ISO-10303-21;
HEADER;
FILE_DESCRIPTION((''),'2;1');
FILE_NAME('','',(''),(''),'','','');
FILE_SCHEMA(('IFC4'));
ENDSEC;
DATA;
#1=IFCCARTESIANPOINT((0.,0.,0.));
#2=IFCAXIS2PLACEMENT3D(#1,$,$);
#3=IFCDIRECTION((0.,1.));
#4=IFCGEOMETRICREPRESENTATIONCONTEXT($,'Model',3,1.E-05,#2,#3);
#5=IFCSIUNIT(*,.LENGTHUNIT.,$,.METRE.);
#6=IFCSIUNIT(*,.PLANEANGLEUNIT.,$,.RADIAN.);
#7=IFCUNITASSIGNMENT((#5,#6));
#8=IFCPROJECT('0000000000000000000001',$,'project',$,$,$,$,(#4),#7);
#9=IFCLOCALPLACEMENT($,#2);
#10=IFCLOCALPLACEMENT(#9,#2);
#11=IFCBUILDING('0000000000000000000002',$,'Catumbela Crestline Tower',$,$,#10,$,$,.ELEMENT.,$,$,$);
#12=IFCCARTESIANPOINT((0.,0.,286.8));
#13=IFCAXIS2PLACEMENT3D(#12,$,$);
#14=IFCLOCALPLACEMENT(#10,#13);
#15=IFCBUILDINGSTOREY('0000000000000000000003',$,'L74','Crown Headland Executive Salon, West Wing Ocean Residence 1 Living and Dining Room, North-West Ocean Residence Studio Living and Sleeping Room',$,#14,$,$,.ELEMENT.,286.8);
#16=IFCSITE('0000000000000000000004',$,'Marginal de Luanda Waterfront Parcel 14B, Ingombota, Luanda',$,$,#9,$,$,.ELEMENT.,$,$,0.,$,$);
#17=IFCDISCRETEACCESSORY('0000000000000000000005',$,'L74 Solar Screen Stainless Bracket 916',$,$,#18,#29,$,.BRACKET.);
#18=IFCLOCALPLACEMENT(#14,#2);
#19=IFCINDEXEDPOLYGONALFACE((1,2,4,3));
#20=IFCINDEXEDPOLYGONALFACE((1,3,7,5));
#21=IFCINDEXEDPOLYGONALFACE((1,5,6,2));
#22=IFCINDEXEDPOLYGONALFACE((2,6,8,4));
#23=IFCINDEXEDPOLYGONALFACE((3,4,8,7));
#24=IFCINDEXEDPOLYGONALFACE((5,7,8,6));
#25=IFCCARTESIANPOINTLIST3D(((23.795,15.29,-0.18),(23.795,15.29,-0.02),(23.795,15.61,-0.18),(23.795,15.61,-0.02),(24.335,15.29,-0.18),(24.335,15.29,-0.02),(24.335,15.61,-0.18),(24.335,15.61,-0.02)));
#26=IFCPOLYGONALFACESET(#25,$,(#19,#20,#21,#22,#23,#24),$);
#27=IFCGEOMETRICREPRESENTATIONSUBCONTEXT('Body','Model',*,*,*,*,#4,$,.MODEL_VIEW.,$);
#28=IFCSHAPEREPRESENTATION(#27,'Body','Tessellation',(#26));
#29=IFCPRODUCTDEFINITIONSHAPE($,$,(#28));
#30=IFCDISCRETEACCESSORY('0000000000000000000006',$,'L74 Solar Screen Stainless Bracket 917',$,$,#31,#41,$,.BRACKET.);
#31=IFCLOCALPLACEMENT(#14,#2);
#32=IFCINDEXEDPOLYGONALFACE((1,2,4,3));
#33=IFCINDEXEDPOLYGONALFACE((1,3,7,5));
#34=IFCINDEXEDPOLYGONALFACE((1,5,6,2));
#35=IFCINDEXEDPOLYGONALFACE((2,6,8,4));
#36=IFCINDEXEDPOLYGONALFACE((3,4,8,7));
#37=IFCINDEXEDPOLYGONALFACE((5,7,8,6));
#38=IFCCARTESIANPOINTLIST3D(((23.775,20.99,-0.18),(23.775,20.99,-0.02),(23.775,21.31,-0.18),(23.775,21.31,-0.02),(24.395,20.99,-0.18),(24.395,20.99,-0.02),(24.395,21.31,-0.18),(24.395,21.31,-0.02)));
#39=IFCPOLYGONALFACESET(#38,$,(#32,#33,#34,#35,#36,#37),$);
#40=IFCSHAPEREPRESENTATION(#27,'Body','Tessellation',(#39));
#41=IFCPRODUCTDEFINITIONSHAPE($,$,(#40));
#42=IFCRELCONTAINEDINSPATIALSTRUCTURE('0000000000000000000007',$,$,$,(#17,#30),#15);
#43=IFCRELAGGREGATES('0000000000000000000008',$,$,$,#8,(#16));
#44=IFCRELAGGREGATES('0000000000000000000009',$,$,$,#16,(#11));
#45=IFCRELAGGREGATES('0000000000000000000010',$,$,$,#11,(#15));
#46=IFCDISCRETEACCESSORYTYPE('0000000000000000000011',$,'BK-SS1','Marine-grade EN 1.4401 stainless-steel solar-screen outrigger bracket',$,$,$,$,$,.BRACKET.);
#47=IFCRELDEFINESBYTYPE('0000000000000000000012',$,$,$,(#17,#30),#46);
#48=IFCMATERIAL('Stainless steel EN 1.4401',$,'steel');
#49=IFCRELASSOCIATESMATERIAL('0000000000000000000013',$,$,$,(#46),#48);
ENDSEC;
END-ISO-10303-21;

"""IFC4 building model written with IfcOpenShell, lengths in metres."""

from ifc_helpers import new_model, si_unit, direction, frame, origin, origin_2d, place, context, subcontext, project, spatial, rectangle, extrude, material, type_object, element, save


model = new_model("IFC4")

# Units and contexts
model_context = context("Model", 3, precision=1e-05, world=origin(), true_north=direction((0.0, 1.0)))
body_context = subcontext(model_context, "Body", "Model", "MODEL_VIEW")
ifc_project = project(units=[si_unit("LENGTHUNIT", "METRE"), si_unit("PLANEANGLEUNIT", "RADIAN")], contexts=[model_context])

# Site, building, storey
site_placement = place(None, origin())
site = spatial("IfcSite", under=ifc_project, at=site_placement, Name="Marginal de Luanda Waterfront Parcel 14B, Ingombota, Luanda", CompositionType="ELEMENT", RefElevation=0.0)
building_placement = place(site_placement, origin())
building = spatial("IfcBuilding", under=site, at=building_placement, Name="Catumbela Crestline Tower", CompositionType="ELEMENT")
storey_placement = place(building_placement, frame((0.0, 0.0, 286.8)))
storey = spatial("IfcBuildingStorey", under=building, at=storey_placement, Name="L74", Description="Crown Headland Executive Salon, West Wing Ocean Residence 1 Living and Dining Room, North-West Ocean Residence Studio Living and Sleeping Room", CompositionType="ELEMENT", Elevation=286.8)

# Shared definitions
ifc_material_1 = material(Name="Stainless steel EN 1.4401", Category="steel")

# Discrete accessories
discrete_accessory_type = type_object("IfcDiscreteAccessoryType", Name="BK-SS1", Description="Marine-grade EN 1.4401 stainless-steel solar-screen outrigger bracket", PredefinedType="BRACKET", material=ifc_material_1)
discrete_accessory_1_placement = place(storey_placement, frame((24.065, 15.45, -0.18), z_axis=(0.0, 0.0, 1.0), x_axis=(0.0, 1.0, 0.0)))
element("IfcDiscreteAccessory", 1, at=discrete_accessory_1_placement, inside=storey, type_object=discrete_accessory_type, Name="L74 Solar Screen Stainless Bracket 916", PredefinedType="BRACKET", context=body_context, shape_type="SweptSolid", body=[
    extrude(rectangle(XDim=0.32, YDim=0.54, at=origin_2d()), origin(), (0.0, 0.0, 1.0), 0.16),
])
discrete_accessory_2_placement = place(storey_placement, frame((24.085, 21.15, -0.18), z_axis=(0.0, 0.0, 1.0), x_axis=(0.0, 1.0, 0.0)))
element("IfcDiscreteAccessory", 2, at=discrete_accessory_2_placement, inside=storey, type_object=discrete_accessory_type, Name="L74 Solar Screen Stainless Bracket 917", PredefinedType="BRACKET", context=body_context, shape_type="SweptSolid", body=[
    extrude(rectangle(XDim=0.32, YDim=0.62, at=origin_2d()), origin(), (0.0, 0.0, 1.0), 0.16),
])

save(model, "model.ifc")
